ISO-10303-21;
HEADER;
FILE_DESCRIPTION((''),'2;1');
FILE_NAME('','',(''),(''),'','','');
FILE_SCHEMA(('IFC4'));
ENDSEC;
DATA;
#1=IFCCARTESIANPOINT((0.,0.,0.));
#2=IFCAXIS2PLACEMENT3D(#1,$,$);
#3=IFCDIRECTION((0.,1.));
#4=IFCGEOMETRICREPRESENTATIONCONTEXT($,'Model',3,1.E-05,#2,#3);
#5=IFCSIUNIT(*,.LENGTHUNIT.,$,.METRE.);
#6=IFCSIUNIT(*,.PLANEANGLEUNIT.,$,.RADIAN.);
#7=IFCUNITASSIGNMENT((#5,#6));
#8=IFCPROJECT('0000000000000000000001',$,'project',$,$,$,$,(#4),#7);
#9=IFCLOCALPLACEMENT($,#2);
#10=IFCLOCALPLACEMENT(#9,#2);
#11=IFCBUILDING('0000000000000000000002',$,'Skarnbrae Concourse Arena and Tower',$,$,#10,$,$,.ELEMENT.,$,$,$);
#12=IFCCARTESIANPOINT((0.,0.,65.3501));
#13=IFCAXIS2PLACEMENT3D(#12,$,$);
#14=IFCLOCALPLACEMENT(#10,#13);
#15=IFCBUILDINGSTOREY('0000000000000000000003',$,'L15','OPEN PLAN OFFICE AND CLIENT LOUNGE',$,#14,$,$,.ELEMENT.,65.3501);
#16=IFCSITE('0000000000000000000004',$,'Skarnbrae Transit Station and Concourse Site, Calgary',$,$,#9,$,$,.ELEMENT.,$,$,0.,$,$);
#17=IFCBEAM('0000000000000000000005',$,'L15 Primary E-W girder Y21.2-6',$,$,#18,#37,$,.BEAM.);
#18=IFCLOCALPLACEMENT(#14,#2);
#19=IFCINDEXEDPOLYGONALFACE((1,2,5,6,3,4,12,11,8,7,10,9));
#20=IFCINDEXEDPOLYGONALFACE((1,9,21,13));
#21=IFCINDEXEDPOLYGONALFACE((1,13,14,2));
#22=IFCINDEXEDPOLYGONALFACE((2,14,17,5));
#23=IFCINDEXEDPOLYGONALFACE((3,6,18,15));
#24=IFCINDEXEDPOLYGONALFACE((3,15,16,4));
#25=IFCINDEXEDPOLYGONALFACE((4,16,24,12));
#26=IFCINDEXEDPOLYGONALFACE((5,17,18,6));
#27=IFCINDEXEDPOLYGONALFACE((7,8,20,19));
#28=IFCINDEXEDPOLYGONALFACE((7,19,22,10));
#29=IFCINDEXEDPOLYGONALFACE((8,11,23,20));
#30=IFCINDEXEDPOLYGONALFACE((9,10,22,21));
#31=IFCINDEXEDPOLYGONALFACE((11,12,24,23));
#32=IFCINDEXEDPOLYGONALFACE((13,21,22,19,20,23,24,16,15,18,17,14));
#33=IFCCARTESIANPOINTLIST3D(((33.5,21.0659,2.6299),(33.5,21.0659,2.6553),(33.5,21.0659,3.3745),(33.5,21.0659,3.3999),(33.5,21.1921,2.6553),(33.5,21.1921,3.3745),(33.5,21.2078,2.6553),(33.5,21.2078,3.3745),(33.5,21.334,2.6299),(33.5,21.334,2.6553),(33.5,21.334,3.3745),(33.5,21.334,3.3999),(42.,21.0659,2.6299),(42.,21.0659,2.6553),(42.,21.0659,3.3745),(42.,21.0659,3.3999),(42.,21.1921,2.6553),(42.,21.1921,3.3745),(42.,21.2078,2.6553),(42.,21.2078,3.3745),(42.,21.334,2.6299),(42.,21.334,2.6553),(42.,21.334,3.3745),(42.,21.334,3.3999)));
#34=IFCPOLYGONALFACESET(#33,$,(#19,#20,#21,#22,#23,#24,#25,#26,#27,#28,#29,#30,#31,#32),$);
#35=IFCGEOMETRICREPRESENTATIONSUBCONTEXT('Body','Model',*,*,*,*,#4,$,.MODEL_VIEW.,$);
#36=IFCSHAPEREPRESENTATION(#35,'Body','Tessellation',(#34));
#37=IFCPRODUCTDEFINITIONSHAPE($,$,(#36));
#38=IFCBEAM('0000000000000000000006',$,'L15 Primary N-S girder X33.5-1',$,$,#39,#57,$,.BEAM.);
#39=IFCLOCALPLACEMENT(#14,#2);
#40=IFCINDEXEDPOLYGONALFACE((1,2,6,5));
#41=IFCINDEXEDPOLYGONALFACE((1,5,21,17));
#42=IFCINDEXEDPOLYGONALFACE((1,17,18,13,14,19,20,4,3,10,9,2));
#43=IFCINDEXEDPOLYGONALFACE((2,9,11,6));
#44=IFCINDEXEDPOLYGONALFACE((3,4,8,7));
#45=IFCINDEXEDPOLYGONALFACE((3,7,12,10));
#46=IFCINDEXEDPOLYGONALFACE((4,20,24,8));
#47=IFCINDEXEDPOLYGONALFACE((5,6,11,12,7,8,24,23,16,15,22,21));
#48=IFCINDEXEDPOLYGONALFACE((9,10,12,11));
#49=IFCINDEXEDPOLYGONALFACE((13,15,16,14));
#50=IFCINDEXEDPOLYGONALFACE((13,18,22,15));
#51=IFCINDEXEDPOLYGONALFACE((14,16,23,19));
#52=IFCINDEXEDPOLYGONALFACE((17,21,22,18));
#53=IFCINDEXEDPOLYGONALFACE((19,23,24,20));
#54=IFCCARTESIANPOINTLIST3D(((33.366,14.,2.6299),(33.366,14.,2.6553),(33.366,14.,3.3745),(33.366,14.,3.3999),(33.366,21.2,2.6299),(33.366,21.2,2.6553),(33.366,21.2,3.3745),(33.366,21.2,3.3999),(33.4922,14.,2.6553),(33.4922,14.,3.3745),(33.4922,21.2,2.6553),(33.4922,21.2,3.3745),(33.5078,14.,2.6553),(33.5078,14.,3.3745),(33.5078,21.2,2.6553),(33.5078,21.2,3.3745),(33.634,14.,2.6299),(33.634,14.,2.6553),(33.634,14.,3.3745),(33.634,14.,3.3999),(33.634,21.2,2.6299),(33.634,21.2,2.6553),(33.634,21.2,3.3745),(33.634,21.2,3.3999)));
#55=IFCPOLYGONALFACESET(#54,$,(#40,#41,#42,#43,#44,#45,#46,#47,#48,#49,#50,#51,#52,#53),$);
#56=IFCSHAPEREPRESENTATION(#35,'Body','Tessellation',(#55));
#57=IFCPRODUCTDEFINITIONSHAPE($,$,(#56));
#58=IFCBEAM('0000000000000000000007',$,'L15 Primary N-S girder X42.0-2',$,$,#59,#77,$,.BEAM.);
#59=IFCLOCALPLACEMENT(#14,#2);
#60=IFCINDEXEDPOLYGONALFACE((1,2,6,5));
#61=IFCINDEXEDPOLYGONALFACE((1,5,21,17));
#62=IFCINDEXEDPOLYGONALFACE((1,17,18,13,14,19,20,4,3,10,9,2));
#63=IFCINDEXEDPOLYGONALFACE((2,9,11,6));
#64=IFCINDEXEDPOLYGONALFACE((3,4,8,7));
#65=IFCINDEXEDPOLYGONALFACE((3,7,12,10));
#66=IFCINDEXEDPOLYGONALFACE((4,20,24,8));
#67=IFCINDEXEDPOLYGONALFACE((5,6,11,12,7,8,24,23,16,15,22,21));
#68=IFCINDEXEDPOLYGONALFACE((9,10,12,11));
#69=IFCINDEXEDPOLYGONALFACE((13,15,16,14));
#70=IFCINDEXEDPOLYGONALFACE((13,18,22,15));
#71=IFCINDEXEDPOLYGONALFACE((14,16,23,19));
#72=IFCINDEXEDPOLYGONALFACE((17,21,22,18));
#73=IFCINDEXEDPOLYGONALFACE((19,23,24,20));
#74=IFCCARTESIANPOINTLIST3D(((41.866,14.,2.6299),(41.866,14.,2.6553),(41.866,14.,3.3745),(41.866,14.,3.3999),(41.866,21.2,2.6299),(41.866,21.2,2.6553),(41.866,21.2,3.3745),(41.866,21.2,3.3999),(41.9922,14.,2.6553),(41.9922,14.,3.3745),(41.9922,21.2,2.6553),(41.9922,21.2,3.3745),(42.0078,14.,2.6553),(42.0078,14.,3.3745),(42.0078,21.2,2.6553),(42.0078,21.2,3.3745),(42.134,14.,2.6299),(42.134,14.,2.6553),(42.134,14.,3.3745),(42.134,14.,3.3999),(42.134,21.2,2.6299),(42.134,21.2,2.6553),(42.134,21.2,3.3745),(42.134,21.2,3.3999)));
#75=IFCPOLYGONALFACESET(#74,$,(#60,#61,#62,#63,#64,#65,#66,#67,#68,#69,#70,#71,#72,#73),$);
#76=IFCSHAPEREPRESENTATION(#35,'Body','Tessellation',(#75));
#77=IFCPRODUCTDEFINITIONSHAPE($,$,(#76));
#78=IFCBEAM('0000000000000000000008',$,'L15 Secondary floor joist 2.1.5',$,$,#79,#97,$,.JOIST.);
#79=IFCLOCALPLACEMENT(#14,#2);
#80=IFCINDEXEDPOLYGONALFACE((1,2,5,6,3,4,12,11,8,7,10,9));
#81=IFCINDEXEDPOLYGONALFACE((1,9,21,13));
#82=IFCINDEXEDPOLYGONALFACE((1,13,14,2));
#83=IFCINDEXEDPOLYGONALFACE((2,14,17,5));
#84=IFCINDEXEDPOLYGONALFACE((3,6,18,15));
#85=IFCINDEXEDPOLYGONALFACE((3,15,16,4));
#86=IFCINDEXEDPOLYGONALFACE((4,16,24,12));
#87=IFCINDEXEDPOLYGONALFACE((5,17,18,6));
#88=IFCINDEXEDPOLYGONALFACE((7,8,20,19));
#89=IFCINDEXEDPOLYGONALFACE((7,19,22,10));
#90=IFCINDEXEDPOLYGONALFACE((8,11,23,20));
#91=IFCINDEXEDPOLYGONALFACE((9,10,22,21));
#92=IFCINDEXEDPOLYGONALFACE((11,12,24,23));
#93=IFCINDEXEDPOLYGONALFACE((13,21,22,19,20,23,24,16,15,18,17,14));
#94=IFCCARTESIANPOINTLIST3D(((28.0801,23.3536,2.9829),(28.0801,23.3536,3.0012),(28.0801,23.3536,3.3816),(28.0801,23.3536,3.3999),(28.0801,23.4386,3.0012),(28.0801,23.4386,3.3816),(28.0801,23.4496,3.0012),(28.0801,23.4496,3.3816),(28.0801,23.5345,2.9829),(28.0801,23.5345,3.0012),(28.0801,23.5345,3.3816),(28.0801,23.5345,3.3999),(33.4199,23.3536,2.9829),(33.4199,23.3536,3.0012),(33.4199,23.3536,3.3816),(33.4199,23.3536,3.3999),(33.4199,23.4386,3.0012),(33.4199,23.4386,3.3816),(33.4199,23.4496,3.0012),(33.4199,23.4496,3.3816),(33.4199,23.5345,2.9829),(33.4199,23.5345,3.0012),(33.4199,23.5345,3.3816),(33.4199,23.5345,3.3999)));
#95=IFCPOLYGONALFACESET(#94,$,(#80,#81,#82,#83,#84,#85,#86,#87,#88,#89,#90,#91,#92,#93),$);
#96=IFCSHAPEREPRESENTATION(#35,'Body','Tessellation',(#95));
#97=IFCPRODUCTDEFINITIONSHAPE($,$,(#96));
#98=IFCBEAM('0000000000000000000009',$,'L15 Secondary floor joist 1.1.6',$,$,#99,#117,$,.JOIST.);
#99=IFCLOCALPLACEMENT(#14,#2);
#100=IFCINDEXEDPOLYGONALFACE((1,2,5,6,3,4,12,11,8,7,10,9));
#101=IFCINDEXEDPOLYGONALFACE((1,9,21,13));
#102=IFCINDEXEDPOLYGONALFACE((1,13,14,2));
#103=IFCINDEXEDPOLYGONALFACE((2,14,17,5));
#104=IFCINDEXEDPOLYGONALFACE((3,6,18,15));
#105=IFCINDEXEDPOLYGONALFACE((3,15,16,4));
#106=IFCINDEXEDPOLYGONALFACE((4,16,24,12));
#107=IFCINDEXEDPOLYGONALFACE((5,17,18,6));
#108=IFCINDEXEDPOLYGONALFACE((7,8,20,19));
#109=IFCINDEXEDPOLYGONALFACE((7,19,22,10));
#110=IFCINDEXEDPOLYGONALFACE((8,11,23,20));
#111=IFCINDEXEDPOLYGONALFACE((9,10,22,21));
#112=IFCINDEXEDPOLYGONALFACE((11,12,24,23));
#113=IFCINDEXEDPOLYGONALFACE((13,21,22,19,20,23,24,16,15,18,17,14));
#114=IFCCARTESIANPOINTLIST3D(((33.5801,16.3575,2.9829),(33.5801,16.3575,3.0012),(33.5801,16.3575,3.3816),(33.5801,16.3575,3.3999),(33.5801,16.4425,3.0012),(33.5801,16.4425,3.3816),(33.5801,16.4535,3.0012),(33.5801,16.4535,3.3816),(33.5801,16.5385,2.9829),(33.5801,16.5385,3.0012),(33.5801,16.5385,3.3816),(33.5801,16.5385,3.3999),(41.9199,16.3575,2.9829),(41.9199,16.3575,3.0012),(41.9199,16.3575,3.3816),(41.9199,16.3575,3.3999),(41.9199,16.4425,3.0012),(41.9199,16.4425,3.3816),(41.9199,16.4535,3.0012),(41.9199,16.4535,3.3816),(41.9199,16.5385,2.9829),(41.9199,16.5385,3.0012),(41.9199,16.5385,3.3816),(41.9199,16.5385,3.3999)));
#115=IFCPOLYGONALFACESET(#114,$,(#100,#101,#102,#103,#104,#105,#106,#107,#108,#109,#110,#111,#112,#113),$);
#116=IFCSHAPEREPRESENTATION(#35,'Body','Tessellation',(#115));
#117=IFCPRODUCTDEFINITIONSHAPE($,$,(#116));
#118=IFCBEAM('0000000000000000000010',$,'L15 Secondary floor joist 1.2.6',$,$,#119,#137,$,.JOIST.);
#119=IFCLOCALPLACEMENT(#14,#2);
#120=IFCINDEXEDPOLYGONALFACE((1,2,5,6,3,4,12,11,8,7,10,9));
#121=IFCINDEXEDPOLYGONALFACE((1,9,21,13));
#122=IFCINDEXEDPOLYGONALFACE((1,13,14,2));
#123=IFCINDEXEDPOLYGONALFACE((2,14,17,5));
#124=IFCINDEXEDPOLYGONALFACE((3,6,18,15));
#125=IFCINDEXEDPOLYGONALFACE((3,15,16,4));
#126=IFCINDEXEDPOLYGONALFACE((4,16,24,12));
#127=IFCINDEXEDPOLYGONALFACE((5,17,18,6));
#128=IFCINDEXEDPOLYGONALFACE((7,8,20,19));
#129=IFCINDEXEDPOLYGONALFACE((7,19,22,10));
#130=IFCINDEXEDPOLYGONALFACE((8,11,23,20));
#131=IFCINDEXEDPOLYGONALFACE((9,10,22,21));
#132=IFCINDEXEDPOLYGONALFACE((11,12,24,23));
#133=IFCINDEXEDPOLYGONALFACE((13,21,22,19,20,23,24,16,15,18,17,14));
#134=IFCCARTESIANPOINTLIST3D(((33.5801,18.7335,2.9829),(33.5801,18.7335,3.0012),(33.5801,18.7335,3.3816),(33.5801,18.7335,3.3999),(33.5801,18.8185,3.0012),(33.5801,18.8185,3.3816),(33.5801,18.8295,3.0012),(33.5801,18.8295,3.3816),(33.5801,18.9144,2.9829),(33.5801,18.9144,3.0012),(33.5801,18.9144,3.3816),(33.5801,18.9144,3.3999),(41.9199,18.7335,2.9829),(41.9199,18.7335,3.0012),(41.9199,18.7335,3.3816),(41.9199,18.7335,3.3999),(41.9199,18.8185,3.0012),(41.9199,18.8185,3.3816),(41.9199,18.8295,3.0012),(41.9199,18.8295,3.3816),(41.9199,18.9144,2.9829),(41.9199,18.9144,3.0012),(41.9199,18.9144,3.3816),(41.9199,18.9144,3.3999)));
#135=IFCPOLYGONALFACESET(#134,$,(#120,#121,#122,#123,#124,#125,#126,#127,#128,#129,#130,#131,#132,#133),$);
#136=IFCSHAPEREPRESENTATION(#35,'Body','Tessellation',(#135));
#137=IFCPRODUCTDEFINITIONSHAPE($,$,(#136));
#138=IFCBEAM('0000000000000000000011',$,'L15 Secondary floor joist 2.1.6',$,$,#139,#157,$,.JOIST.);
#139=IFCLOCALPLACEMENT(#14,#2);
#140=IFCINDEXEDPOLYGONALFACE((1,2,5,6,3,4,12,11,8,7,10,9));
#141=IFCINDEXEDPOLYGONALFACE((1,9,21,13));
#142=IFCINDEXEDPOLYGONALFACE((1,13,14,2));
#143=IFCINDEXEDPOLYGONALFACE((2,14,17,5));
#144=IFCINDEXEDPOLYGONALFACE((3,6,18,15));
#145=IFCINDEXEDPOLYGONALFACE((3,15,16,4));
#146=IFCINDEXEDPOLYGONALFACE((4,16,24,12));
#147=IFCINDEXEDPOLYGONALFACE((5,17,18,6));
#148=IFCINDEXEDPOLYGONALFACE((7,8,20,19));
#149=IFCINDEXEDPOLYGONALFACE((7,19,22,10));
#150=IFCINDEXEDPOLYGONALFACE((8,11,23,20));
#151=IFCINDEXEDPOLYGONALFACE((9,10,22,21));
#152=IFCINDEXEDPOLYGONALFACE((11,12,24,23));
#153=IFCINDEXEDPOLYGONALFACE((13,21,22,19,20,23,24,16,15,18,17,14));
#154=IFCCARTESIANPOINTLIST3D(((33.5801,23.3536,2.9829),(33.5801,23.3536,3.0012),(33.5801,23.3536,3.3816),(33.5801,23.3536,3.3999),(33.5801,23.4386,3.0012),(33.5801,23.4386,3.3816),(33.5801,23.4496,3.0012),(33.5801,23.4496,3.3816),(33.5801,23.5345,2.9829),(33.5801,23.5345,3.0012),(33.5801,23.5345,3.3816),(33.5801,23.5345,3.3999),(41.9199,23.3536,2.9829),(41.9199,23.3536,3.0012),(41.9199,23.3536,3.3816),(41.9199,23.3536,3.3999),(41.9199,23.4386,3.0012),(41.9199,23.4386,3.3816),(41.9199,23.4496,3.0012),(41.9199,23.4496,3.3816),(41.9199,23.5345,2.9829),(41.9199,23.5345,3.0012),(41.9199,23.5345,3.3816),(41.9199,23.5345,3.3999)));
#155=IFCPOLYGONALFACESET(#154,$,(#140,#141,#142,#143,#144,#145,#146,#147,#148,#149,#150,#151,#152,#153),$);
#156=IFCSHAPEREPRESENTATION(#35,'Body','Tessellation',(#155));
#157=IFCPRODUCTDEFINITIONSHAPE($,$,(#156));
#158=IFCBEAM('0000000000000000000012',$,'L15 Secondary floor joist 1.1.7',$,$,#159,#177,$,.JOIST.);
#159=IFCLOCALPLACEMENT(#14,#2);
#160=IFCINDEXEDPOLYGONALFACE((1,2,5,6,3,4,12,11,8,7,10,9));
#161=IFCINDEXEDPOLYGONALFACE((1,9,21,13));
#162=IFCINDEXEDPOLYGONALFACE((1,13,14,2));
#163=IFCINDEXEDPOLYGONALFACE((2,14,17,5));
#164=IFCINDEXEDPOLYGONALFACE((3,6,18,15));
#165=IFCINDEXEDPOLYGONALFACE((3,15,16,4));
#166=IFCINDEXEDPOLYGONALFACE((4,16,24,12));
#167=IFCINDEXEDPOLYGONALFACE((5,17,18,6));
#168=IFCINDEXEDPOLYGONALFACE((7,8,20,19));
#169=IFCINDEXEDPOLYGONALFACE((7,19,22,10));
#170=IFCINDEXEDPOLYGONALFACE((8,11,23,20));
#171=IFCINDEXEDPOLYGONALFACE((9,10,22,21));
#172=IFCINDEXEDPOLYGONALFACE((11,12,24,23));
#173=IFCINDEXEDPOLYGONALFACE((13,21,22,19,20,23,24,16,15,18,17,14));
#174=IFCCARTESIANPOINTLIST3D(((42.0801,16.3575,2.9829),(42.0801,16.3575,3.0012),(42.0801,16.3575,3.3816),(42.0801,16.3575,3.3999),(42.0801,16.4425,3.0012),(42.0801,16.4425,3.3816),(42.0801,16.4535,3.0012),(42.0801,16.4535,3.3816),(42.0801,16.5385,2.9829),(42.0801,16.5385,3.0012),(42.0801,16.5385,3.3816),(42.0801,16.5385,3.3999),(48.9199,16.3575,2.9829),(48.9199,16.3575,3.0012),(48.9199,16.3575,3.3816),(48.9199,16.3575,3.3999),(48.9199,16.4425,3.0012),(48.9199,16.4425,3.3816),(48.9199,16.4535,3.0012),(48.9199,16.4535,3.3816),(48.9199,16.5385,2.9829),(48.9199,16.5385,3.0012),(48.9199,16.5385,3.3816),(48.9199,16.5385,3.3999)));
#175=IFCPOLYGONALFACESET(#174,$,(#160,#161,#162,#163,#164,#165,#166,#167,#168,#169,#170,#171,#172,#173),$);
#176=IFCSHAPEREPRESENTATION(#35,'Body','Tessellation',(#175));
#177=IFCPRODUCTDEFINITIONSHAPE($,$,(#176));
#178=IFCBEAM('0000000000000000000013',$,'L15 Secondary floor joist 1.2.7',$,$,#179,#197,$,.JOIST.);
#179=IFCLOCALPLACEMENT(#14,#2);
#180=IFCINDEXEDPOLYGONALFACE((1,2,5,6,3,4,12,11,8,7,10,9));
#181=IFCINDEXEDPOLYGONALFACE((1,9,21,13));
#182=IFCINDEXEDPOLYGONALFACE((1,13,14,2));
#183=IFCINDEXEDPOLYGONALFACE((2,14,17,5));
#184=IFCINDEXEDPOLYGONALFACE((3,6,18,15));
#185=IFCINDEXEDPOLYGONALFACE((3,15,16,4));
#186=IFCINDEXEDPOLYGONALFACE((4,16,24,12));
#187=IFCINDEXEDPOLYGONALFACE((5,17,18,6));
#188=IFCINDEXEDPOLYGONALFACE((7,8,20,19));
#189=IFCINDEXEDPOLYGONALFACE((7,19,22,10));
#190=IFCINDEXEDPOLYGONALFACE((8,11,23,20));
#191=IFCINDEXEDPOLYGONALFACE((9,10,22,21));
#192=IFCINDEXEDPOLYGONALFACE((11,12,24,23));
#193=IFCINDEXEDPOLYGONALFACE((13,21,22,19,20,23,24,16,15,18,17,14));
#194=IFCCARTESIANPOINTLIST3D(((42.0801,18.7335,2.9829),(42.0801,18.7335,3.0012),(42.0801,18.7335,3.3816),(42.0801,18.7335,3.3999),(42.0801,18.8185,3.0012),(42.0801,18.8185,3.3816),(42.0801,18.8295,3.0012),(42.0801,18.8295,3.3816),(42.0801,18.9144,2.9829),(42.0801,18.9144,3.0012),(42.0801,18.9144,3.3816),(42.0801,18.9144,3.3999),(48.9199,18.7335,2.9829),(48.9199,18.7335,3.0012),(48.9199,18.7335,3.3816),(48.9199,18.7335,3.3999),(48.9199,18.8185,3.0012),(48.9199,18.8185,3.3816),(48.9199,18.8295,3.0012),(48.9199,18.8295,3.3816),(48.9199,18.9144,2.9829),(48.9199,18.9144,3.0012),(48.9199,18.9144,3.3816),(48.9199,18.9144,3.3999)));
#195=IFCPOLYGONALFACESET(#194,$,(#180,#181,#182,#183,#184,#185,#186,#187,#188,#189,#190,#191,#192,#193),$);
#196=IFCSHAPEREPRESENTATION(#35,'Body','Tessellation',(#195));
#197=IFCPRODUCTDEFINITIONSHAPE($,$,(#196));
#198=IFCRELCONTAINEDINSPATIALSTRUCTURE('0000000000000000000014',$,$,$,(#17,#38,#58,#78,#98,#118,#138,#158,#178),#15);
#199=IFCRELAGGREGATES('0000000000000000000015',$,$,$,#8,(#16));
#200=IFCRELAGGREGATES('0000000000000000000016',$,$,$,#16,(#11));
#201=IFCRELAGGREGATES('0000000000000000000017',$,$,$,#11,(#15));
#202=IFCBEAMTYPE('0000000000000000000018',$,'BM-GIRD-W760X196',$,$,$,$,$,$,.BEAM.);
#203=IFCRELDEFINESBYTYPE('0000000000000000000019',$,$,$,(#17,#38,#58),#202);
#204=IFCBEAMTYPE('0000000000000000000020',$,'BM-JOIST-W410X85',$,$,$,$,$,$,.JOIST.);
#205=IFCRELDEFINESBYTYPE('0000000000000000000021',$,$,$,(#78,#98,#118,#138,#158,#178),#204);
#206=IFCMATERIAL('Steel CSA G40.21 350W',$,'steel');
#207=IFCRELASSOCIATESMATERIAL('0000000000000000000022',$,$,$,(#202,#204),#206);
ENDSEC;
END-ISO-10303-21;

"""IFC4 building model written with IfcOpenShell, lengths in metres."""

from ifc_helpers import new_model, si_unit, direction, frame, origin, origin_2d, place, context, subcontext, project, spatial, i_section, extrude, source, transform, mapped, material, material_profile, profile_set, type_object, element, save


model = new_model("IFC4")

# Units and contexts
model_context = context("Model", 3, precision=1e-05, world=origin(), true_north=direction((0.0, 1.0)))
body_context = subcontext(model_context, "Body", "Model", "MODEL_VIEW")
ifc_project = project(units=[si_unit("LENGTHUNIT", "METRE"), si_unit("PLANEANGLEUNIT", "RADIAN")], contexts=[model_context])

# Site, building, storey
site_placement = place(None, origin())
site = spatial("IfcSite", under=ifc_project, at=site_placement, Name="Skarnbrae Transit Station and Concourse Site, Calgary", CompositionType="ELEMENT", RefElevation=0.0)
building_placement = place(site_placement, origin())
building = spatial("IfcBuilding", under=site, at=building_placement, Name="Skarnbrae Concourse Arena and Tower", CompositionType="ELEMENT")
storey_placement = place(building_placement, frame((0.0, 0.0, 65.3501)))
storey = spatial("IfcBuildingStorey", under=building, at=storey_placement, Name="L15", Description="OPEN PLAN OFFICE AND CLIENT LOUNGE", CompositionType="ELEMENT", Elevation=65.3501)

# Shared definitions
ifc_material_1 = material(Name="Steel CSA G40.21 350W", Category="steel")

# Beams
ifc_material_profile_1 = material_profile(ifc_material_1, i_section(OverallWidth=0.2681, OverallDepth=0.77, WebThickness=0.0156, FlangeThickness=0.0254, at=origin_2d()), Name="W760X196")
ifc_profile_set_1 = profile_set([ifc_material_profile_1], Name="Steel CSA G40.21 350W")
beam_type_1 = type_object("IfcBeamType", Name="BM-GIRD-W760X196", PredefinedType="BEAM", material=ifc_profile_set_1)
shared_shape_1 = source(origin(), body_context, "Body", "SweptSolid", [
    extrude(i_section(OverallWidth=0.2681, OverallDepth=0.77, WebThickness=0.0156, FlangeThickness=0.0254, at=origin_2d()), origin(), (0.0, 0.0, 1.0), 8.5),
])
for number, where, z_axis, x_axis, name in (
    (1, (33.5, 21.2, 3.0149), (1.0, 0.0, 0.0), (0.0, 1.0, 0.0), "L15 Primary E-W girder Y21.2-6"),
):
    element("IfcBeam", number, at=place(storey_placement, frame(where, z_axis=z_axis, x_axis=x_axis)), inside=storey, type_object=beam_type_1, Name=name, PredefinedType="BEAM", context=body_context, shape_type="MappedRepresentation", body=[
        mapped(shared_shape_1, transform((0.0, 0.0, 0.0))),
    ])
shared_shape_2 = source(origin(), body_context, "Body", "SweptSolid", [
    extrude(i_section(OverallWidth=0.2681, OverallDepth=0.77, WebThickness=0.0156, FlangeThickness=0.0254, at=origin_2d()), origin(), (0.0, 0.0, 1.0), 7.2),
])
for number, where, z_axis, x_axis, name in (
    (2, (33.5, 14.0, 3.0149), (0.0, 1.0, 0.0), (-1.0, 0.0, 0.0), "L15 Primary N-S girder X33.5-1"),
    (3, (42.0, 14.0, 3.0149), (0.0, 1.0, 0.0), (-1.0, 0.0, 0.0), "L15 Primary N-S girder X42.0-2"),
):
    element("IfcBeam", number, at=place(storey_placement, frame(where, z_axis=z_axis, x_axis=x_axis)), inside=storey, type_object=beam_type_1, Name=name, PredefinedType="BEAM", context=body_context, shape_type="MappedRepresentation", body=[
        mapped(shared_shape_2, transform((0.0, 0.0, 0.0))),
    ])
ifc_material_profile_2 = material_profile(ifc_material_1, i_section(OverallWidth=0.1809, OverallDepth=0.417, WebThickness=0.011, FlangeThickness=0.0183, at=origin_2d()), Name="W410X85")
ifc_profile_set_2 = profile_set([ifc_material_profile_2], Name="Steel CSA G40.21 350W")
beam_type_2 = type_object("IfcBeamType", Name="BM-JOIST-W410X85", PredefinedType="JOIST", material=ifc_profile_set_2)
shared_shape_3 = source(origin(), body_context, "Body", "SweptSolid", [
    extrude(i_section(OverallWidth=0.1809, OverallDepth=0.417, WebThickness=0.011, FlangeThickness=0.0183, at=origin_2d()), origin(), (0.0, 0.0, 1.0), 5.3398),
])
beam_placement = place(storey_placement, frame((28.0801, 23.4441, 3.1914), z_axis=(1.0, 0.0, 0.0), x_axis=(0.0, 1.0, 0.0)))
element("IfcBeam", 4, at=beam_placement, inside=storey, type_object=beam_type_2, Name="L15 Secondary floor joist 2.1.5", PredefinedType="JOIST", context=body_context, shape_type="MappedRepresentation", body=[
    mapped(shared_shape_3, transform((0.0, 0.0, 0.0))),
])
shared_shape_4 = source(origin(), body_context, "Body", "SweptSolid", [
    extrude(i_section(OverallWidth=0.1809, OverallDepth=0.417, WebThickness=0.011, FlangeThickness=0.0183, at=origin_2d()), origin(), (0.0, 0.0, 1.0), 8.3398),
])
for number, where, z_axis, x_axis, name in (
    (5, (33.5801, 16.448, 3.1914), (1.0, 0.0, 0.0), (0.0, 1.0, 0.0), "L15 Secondary floor joist 1.1.6"),
    (6, (33.5801, 18.824, 3.1914), (1.0, 0.0, 0.0), (0.0, 1.0, 0.0), "L15 Secondary floor joist 1.2.6"),
    (7, (33.5801, 23.4441, 3.1914), (1.0, 0.0, 0.0), (0.0, 1.0, 0.0), "L15 Secondary floor joist 2.1.6"),
):
    element("IfcBeam", number, at=place(storey_placement, frame(where, z_axis=z_axis, x_axis=x_axis)), inside=storey, type_object=beam_type_2, Name=name, PredefinedType="JOIST", context=body_context, shape_type="MappedRepresentation", body=[
        mapped(shared_shape_4, transform((0.0, 0.0, 0.0))),
    ])
shared_shape_5 = source(origin(), body_context, "Body", "SweptSolid", [
    extrude(i_section(OverallWidth=0.1809, OverallDepth=0.417, WebThickness=0.011, FlangeThickness=0.0183, at=origin_2d()), origin(), (0.0, 0.0, 1.0), 6.8398),
])
for number, where, z_axis, x_axis, name in (
    (8, (42.0801, 16.448, 3.1914), (1.0, 0.0, 0.0), (0.0, 1.0, 0.0), "L15 Secondary floor joist 1.1.7"),
    (9, (42.0801, 18.824, 3.1914), (1.0, 0.0, 0.0), (0.0, 1.0, 0.0), "L15 Secondary floor joist 1.2.7"),
):
    element("IfcBeam", number, at=place(storey_placement, frame(where, z_axis=z_axis, x_axis=x_axis)), inside=storey, type_object=beam_type_2, Name=name, PredefinedType="JOIST", context=body_context, shape_type="MappedRepresentation", body=[
        mapped(shared_shape_5, transform((0.0, 0.0, 0.0))),
    ])

save(model, "model.ifc")
